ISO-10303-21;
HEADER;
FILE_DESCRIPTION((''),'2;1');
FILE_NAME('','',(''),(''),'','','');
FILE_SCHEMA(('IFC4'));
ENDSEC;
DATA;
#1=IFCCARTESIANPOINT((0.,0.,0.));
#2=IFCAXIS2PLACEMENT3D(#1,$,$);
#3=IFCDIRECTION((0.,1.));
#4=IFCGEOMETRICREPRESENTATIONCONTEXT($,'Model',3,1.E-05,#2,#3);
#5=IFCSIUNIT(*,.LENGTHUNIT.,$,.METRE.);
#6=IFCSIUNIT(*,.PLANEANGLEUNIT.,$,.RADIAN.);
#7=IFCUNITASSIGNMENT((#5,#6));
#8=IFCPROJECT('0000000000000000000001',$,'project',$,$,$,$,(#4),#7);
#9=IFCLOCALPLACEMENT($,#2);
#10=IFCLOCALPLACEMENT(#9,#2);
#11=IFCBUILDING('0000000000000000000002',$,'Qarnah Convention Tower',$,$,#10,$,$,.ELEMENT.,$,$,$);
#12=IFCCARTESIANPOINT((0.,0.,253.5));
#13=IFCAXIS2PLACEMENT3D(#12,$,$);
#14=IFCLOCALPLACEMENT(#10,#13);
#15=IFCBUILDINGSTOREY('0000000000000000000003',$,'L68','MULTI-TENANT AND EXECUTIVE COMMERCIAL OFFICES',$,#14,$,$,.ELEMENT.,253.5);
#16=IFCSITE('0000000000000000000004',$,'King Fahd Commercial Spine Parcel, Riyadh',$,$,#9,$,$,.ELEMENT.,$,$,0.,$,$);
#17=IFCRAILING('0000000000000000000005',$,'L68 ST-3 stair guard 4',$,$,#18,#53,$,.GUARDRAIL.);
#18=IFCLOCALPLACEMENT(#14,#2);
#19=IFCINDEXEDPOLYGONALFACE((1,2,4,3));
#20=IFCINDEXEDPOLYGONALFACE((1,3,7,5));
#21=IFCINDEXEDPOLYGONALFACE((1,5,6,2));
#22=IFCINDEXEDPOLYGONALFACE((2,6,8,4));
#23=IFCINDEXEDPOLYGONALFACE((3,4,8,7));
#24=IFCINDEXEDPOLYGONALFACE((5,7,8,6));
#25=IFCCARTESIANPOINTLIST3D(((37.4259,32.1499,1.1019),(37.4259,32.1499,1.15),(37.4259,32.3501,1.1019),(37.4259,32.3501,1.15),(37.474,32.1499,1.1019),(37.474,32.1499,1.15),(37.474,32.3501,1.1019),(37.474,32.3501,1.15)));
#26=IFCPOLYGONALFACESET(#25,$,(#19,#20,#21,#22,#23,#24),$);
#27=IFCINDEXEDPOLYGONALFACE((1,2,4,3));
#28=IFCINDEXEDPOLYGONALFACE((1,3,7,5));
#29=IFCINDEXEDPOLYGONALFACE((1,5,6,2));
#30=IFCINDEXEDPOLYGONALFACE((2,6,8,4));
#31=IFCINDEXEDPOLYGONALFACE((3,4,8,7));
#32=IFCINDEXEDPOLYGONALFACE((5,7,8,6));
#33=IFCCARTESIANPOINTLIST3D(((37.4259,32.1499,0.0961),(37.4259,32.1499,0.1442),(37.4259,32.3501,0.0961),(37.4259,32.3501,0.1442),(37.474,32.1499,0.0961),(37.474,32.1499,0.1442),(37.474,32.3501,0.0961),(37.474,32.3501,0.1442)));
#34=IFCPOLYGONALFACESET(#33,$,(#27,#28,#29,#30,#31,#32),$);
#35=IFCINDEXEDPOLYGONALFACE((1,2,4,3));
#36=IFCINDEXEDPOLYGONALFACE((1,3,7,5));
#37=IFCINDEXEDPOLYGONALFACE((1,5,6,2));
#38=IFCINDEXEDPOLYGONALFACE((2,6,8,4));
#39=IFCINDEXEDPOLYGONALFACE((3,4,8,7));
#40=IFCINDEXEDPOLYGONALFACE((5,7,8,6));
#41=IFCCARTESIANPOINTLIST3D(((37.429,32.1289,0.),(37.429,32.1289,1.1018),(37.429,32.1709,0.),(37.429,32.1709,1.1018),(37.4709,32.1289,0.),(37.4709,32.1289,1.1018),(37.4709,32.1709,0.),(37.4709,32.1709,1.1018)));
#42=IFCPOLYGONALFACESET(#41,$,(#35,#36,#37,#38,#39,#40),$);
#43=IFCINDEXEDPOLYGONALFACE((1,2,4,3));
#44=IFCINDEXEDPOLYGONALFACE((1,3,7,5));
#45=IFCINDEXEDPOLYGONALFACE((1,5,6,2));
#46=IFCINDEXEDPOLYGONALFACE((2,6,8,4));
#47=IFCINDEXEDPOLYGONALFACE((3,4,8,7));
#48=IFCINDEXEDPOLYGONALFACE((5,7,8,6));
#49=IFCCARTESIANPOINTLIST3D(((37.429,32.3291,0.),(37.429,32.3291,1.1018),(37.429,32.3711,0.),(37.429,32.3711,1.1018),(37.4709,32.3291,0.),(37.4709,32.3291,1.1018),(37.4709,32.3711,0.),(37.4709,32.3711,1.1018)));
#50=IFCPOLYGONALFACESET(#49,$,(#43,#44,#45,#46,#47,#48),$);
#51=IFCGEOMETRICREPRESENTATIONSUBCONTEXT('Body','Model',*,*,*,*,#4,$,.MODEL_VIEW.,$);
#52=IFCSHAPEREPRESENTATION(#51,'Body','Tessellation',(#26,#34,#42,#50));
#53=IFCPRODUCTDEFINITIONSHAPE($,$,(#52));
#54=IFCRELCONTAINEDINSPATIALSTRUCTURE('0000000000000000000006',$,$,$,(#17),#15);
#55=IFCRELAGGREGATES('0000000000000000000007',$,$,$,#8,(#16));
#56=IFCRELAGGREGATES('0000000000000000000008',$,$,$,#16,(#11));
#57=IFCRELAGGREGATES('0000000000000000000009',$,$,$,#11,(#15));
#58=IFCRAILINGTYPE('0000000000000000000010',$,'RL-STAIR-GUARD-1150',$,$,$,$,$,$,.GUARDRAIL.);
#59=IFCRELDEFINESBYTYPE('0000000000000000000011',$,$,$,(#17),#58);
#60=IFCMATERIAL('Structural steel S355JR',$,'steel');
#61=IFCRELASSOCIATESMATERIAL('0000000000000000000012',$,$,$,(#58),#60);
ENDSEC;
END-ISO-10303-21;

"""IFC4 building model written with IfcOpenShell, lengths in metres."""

from ifc_helpers import new_model, si_unit, direction, frame, origin, origin_2d, place, context, subcontext, project, spatial, rectangle, extrude, material, type_object, element, save


model = new_model("IFC4")

# Units and contexts
model_context = context("Model", 3, precision=1e-05, world=origin(), true_north=direction((0.0, 1.0)))
body_context = subcontext(model_context, "Body", "Model", "MODEL_VIEW")
ifc_project = project(units=[si_unit("LENGTHUNIT", "METRE"), si_unit("PLANEANGLEUNIT", "RADIAN")], contexts=[model_context])

# Site, building, storey
site_placement = place(None, origin())
site = spatial("IfcSite", under=ifc_project, at=site_placement, Name="King Fahd Commercial Spine Parcel, Riyadh", CompositionType="ELEMENT", RefElevation=0.0)
building_placement = place(site_placement, origin())
building = spatial("IfcBuilding", under=site, at=building_placement, Name="Qarnah Convention Tower", CompositionType="ELEMENT")
storey_placement = place(building_placement, frame((0.0, 0.0, 253.5)))
storey = spatial("IfcBuildingStorey", under=building, at=storey_placement, Name="L68", Description="MULTI-TENANT AND EXECUTIVE COMMERCIAL OFFICES", CompositionType="ELEMENT", Elevation=253.5)

# Shared definitions
ifc_material_1 = material(Name="Structural steel S355JR", Category="steel")

# Railing
railing_type_1 = type_object("IfcRailingType", Name="RL-STAIR-GUARD-1150", PredefinedType="GUARDRAIL", material=ifc_material_1)
railing_1_placement = place(storey_placement, frame((37.45, 32.1499, 0.0)))
element("IfcRailing", 1, at=railing_1_placement, inside=storey, type_object=railing_type_1, Name="L68 ST-3 stair guard 4", PredefinedType="GUARDRAIL", context=body_context, shape_type="SweptSolid", body=[
    extrude(rectangle(XDim=0.0481, YDim=0.0481, at=origin_2d()), frame((0.0, 0.0, 1.126), z_axis=(0.0, 1.0, 0.0), x_axis=(-1.0, 0.0, 0.0)), (0.0, 0.0, 1.0), 0.2002),
    extrude(rectangle(XDim=0.0481, YDim=0.0481, at=origin_2d()), frame((0.0, 0.0, 0.1201), z_axis=(0.0, 1.0, 0.0), x_axis=(-1.0, 0.0, 0.0)), (0.0, 0.0, 1.0), 0.2002),
    extrude(rectangle(XDim=0.042, YDim=0.042, at=origin_2d()), origin(), (0.0, 0.0, 1.0), 1.1018),
    extrude(rectangle(XDim=0.042, YDim=0.042, at=origin_2d()), frame((0.0, 0.2002, 0.0)), (0.0, 0.0, 1.0), 1.1018),
])

save(model, "model.ifc")
